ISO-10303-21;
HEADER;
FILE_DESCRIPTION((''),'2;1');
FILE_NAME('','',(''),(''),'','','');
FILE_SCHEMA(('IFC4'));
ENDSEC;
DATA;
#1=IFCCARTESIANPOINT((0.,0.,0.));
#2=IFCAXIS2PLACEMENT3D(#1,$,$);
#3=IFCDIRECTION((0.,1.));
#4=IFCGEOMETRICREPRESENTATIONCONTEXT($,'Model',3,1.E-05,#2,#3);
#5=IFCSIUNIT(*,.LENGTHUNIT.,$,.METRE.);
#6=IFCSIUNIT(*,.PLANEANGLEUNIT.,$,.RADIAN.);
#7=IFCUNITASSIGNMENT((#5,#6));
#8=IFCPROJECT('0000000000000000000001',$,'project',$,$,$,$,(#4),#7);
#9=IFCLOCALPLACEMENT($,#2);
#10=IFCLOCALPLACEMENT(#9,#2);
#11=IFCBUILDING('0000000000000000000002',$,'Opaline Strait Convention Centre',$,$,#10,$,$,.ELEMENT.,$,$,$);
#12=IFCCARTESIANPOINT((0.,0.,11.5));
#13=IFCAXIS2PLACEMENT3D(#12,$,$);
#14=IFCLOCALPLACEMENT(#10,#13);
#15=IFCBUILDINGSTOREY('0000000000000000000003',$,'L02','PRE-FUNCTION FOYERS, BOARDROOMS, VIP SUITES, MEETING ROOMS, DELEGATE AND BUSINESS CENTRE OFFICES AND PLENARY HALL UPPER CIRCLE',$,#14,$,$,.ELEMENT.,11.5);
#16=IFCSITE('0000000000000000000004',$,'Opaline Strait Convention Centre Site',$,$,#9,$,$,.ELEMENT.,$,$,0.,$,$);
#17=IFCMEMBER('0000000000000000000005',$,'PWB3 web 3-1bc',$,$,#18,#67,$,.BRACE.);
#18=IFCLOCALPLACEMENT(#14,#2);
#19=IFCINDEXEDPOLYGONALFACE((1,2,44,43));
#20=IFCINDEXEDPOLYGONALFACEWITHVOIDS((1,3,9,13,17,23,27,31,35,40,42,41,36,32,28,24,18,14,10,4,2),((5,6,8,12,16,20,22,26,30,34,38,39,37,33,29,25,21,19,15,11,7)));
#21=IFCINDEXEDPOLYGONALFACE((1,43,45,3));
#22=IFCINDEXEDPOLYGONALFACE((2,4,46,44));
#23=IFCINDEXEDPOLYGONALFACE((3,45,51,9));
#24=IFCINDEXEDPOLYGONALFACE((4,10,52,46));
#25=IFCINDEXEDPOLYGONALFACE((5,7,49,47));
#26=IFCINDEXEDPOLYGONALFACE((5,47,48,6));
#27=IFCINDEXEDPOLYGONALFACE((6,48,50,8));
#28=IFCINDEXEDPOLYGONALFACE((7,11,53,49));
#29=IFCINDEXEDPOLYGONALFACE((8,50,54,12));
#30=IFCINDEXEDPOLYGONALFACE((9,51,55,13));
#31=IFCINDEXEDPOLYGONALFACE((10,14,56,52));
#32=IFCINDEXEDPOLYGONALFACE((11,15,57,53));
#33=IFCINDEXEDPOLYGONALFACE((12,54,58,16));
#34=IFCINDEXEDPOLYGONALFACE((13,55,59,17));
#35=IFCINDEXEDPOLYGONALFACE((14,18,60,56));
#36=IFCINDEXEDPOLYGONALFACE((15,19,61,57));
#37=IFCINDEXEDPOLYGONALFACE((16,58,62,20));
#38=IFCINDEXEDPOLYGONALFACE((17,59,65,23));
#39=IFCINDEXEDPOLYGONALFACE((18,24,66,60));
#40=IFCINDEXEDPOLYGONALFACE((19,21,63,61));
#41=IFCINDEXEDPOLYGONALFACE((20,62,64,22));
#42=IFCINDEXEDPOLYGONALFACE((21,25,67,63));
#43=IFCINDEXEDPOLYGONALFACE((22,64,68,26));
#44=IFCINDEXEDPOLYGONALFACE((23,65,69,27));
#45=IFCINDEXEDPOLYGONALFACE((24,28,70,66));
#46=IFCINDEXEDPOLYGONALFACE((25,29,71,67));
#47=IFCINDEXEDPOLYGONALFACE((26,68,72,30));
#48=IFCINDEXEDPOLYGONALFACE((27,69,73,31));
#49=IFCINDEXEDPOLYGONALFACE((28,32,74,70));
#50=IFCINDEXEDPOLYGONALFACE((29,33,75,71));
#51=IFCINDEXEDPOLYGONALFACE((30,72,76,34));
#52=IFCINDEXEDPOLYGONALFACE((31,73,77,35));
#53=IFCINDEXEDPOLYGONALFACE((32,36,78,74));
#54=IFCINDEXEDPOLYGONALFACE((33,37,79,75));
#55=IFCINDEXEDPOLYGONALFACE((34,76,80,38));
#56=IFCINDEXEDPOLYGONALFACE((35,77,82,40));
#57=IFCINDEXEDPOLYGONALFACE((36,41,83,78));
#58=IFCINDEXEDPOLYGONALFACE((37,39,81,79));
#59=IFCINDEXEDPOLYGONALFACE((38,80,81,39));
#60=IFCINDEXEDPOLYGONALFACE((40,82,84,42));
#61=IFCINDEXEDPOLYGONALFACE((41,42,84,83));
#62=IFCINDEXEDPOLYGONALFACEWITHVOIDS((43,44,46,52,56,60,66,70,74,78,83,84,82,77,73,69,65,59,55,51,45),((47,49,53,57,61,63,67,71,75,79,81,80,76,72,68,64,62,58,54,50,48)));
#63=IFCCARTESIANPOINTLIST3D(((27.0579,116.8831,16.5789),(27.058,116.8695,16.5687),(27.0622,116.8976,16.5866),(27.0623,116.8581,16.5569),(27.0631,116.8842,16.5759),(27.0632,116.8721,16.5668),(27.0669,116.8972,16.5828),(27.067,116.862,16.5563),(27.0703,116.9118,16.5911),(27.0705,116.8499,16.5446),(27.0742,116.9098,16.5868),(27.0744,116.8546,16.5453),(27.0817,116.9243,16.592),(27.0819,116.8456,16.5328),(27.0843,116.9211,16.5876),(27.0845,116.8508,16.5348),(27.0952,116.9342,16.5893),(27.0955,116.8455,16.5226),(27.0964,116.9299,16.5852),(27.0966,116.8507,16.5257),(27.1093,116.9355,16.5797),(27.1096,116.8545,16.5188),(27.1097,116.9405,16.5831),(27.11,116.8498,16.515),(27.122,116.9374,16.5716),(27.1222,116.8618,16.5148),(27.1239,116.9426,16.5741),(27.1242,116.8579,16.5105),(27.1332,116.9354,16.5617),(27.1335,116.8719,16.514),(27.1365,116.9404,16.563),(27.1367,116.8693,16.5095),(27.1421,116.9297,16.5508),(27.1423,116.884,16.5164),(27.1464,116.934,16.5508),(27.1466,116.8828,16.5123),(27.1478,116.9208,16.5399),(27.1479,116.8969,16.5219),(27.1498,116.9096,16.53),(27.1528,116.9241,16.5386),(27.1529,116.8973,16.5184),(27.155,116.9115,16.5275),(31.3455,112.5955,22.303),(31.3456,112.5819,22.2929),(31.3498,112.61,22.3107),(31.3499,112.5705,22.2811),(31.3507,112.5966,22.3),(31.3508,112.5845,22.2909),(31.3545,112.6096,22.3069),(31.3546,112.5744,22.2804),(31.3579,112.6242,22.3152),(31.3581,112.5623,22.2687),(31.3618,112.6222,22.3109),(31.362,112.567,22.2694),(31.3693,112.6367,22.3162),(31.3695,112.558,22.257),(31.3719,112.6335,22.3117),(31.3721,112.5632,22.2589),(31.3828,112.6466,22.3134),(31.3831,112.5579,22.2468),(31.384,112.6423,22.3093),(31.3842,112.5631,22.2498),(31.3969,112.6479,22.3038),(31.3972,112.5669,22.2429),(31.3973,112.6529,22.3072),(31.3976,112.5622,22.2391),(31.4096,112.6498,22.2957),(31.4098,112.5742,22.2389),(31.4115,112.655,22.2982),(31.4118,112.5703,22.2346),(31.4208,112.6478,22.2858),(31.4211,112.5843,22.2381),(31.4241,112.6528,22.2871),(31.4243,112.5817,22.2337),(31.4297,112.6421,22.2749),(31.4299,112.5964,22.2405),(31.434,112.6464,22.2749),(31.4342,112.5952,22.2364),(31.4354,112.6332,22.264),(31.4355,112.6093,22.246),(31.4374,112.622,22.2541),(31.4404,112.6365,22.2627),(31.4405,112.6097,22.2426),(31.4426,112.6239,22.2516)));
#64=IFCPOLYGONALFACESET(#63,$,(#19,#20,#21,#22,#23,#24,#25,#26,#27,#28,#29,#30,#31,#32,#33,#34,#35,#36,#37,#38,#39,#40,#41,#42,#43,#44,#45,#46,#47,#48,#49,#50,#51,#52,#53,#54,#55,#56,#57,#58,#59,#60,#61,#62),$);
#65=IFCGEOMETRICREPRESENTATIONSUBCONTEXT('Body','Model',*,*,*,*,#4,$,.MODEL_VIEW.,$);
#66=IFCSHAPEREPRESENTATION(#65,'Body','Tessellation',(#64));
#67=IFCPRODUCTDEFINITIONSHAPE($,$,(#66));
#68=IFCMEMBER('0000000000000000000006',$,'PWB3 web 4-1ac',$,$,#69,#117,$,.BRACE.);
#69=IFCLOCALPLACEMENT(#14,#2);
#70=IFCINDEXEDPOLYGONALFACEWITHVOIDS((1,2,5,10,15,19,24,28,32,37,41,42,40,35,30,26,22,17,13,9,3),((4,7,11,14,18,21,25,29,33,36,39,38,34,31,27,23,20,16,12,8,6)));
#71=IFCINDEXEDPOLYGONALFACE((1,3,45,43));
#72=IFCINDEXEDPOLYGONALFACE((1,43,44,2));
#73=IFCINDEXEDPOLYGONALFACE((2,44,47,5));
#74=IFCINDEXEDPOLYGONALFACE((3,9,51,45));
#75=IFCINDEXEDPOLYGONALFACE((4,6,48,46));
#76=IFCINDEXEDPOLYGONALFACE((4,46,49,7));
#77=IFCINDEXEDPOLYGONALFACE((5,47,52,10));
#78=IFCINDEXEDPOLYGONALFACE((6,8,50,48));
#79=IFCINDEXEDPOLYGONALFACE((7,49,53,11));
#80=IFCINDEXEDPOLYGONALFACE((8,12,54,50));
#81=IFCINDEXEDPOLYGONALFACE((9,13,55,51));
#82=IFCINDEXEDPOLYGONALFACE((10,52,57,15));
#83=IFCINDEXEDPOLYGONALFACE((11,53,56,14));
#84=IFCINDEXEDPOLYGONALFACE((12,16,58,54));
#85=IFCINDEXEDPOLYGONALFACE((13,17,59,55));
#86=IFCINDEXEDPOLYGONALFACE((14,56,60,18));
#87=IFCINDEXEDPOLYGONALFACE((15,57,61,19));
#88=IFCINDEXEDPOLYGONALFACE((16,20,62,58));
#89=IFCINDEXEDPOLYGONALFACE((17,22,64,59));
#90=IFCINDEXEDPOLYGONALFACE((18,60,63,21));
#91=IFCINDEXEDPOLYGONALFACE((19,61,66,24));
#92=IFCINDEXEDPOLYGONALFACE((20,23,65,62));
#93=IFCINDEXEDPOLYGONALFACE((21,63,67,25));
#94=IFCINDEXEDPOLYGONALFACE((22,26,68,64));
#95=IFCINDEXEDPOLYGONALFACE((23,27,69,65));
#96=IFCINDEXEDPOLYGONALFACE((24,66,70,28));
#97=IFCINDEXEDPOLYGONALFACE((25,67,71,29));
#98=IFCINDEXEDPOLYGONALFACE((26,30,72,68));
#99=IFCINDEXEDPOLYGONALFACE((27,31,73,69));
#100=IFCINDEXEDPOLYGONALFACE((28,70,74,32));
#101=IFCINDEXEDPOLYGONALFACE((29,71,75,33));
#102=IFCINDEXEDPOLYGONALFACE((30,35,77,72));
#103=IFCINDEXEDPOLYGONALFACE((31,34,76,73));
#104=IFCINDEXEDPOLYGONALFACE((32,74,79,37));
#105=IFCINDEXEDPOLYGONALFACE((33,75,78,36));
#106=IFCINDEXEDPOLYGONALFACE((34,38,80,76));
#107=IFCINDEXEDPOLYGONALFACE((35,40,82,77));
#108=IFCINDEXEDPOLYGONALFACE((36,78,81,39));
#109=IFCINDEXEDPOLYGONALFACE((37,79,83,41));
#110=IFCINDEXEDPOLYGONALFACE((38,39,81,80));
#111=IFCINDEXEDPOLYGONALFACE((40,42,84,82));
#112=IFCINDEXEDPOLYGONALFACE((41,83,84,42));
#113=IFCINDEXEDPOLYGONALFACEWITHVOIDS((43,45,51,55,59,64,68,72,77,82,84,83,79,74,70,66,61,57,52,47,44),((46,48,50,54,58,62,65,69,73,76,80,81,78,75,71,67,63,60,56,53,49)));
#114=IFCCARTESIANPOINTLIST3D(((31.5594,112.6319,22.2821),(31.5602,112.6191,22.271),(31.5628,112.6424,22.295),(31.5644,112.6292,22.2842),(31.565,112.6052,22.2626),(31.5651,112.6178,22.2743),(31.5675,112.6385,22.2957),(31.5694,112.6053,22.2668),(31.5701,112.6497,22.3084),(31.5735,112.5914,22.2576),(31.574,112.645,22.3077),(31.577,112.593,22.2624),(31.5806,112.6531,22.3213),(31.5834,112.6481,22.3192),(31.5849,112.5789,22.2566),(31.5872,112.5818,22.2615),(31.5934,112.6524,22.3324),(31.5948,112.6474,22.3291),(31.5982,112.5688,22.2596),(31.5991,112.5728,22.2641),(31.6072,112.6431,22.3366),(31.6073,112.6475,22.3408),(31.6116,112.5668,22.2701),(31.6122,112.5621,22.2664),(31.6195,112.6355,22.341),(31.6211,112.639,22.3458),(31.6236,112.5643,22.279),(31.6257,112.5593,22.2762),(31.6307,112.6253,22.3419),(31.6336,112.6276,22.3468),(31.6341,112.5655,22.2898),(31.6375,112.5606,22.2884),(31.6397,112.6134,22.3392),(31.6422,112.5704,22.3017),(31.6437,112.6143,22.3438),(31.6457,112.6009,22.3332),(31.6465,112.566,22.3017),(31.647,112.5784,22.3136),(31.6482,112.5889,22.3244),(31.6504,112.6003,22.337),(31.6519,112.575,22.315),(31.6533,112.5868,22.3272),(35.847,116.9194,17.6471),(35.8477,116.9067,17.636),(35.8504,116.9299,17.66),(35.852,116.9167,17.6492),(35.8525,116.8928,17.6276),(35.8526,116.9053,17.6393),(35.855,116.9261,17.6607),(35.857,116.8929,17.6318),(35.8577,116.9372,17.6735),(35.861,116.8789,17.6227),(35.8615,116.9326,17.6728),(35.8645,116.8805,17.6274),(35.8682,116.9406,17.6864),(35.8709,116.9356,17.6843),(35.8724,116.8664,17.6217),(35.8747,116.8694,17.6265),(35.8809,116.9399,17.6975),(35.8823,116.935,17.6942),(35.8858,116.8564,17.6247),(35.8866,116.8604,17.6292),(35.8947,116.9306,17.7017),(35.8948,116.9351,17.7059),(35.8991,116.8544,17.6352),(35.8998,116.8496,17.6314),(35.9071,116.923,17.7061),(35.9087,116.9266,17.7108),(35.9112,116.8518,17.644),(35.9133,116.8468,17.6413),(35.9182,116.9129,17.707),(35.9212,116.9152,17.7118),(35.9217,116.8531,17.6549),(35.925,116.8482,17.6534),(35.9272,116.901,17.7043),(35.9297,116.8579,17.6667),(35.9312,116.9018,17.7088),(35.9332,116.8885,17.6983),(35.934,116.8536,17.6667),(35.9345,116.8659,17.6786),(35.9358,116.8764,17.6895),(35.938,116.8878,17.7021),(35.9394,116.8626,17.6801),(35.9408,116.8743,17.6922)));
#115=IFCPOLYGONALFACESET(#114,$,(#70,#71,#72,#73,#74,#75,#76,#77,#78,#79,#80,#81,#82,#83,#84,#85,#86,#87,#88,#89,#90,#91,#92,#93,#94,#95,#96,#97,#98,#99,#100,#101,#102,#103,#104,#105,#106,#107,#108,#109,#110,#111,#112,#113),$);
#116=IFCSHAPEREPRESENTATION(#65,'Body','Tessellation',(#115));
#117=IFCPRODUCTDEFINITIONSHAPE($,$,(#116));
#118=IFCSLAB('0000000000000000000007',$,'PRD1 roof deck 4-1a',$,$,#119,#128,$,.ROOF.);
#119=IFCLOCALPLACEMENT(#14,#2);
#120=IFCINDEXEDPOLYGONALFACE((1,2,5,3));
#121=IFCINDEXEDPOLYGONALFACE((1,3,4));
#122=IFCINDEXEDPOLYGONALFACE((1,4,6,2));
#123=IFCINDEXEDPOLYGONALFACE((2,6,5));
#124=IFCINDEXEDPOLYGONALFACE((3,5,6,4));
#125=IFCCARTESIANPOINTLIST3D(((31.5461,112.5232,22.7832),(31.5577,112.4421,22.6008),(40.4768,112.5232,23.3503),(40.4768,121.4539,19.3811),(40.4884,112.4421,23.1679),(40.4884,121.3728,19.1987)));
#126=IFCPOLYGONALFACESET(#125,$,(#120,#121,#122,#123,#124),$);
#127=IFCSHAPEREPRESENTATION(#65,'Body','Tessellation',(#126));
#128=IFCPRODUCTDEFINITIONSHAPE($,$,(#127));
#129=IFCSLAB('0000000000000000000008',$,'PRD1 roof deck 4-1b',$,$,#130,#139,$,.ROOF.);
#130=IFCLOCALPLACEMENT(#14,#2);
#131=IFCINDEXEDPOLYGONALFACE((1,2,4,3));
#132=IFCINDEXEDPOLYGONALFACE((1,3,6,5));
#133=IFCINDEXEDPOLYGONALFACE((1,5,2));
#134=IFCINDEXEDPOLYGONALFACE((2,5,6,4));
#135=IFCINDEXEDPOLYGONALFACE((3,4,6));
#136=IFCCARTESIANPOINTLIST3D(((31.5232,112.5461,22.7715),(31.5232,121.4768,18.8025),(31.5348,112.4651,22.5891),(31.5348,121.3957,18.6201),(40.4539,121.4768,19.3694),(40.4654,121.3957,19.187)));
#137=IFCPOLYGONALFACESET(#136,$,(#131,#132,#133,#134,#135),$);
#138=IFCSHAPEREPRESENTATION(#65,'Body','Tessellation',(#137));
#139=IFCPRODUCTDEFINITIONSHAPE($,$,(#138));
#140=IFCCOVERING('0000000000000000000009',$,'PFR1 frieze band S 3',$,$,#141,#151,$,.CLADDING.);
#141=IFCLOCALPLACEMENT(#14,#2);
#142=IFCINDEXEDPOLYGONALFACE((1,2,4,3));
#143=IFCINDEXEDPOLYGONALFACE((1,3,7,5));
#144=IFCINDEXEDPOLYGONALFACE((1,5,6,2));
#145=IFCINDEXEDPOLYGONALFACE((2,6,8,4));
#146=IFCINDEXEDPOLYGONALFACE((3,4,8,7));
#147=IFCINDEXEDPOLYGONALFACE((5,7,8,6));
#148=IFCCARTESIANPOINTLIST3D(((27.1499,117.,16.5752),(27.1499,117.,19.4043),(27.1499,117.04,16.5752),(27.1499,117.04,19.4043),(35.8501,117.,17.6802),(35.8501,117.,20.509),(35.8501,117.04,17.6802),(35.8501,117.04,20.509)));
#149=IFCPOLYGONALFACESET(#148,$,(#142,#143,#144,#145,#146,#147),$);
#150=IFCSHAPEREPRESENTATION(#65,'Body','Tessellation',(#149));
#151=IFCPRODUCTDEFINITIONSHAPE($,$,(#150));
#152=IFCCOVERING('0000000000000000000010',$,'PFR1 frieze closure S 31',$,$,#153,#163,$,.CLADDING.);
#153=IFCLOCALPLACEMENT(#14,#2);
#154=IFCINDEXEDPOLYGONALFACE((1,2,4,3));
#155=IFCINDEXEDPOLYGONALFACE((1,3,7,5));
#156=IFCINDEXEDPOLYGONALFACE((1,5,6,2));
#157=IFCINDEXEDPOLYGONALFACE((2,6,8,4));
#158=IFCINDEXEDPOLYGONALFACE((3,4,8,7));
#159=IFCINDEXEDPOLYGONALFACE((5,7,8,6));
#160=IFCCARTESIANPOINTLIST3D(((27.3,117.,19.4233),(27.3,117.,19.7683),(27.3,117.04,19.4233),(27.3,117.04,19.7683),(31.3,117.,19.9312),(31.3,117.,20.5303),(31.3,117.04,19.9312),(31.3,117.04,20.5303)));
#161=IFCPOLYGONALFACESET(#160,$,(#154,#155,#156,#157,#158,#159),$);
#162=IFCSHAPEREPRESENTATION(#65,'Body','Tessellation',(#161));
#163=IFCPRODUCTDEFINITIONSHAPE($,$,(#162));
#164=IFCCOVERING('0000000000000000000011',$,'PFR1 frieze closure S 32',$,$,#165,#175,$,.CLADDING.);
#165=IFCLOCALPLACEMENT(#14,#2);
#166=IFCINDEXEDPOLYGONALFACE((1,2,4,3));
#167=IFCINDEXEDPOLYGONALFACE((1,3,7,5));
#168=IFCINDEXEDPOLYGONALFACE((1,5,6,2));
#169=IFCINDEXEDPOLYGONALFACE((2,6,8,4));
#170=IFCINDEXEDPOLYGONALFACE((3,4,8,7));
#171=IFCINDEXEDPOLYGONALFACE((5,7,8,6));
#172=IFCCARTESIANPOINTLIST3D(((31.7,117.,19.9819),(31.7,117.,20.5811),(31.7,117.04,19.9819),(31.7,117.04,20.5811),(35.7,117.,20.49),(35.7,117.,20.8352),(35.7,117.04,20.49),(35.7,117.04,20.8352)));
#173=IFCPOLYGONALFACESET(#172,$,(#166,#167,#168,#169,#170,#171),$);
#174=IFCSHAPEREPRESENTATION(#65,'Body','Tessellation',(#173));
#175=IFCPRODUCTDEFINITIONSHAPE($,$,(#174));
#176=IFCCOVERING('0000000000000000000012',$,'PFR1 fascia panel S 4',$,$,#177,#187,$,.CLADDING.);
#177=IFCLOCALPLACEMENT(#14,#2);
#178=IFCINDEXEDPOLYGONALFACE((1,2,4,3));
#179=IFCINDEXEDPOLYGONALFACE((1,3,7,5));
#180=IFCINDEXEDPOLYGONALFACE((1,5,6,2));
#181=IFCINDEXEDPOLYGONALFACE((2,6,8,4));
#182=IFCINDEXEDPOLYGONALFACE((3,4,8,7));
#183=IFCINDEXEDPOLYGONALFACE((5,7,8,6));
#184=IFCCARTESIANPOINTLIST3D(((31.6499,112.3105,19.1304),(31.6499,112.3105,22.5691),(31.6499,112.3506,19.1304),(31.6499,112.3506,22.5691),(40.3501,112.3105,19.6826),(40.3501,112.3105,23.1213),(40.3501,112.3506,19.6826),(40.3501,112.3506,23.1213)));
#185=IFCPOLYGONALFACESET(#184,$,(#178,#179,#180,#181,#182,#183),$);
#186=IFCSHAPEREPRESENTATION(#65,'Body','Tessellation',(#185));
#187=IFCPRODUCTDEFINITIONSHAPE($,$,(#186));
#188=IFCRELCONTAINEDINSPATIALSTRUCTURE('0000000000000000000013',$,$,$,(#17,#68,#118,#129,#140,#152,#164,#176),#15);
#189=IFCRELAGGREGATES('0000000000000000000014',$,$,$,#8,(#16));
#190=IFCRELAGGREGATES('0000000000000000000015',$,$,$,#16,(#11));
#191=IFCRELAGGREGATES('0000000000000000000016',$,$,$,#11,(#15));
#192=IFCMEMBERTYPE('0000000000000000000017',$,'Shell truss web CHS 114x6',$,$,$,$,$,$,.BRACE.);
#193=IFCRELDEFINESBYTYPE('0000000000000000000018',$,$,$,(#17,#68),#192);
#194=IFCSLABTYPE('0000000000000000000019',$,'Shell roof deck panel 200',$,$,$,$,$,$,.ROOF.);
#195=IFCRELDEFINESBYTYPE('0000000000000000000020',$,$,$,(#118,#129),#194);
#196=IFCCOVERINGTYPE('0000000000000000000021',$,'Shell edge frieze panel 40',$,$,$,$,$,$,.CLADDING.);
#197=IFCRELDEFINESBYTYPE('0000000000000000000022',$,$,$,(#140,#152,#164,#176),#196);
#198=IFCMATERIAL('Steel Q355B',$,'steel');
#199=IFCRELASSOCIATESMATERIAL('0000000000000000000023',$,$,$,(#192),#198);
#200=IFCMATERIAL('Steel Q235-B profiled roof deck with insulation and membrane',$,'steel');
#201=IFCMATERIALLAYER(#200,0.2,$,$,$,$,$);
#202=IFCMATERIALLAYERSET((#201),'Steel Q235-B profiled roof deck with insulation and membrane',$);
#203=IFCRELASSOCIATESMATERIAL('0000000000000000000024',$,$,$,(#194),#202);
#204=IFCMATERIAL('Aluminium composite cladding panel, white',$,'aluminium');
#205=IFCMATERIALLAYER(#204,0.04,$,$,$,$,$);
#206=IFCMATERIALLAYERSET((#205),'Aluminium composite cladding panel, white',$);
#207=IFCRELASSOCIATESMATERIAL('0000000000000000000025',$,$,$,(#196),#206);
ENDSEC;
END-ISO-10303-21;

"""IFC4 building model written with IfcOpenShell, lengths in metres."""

from ifc_helpers import new_model, si_unit, direction, frame, origin, origin_2d, place, context, subcontext, project, spatial, polyline, hollow_circle, outline, extrude, material, layer, layer_set, material_profile, profile_set, type_object, element, save


model = new_model("IFC4")

# Units and contexts
model_context = context("Model", 3, precision=1e-05, world=origin(), true_north=direction((0.0, 1.0)))
body_context = subcontext(model_context, "Body", "Model", "MODEL_VIEW")
ifc_project = project(units=[si_unit("LENGTHUNIT", "METRE"), si_unit("PLANEANGLEUNIT", "RADIAN")], contexts=[model_context])

# Site, building, storey
site_placement = place(None, origin())
site = spatial("IfcSite", under=ifc_project, at=site_placement, Name="Opaline Strait Convention Centre Site", CompositionType="ELEMENT", RefElevation=0.0)
building_placement = place(site_placement, origin())
building = spatial("IfcBuilding", under=site, at=building_placement, Name="Opaline Strait Convention Centre", CompositionType="ELEMENT")
storey_placement = place(building_placement, frame((0.0, 0.0, 11.5)))
storey = spatial("IfcBuildingStorey", under=building, at=storey_placement, Name="L02", Description="PRE-FUNCTION FOYERS, BOARDROOMS, VIP SUITES, MEETING ROOMS, DELEGATE AND BUSINESS CENTRE OFFICES AND PLENARY HALL UPPER CIRCLE", CompositionType="ELEMENT", Elevation=11.5)

# Members
ifc_material_1 = material(Name="Steel Q355B", Category="steel")
ifc_material_profile_1 = material_profile(ifc_material_1, hollow_circle(Radius=0.0569, WallThickness=0.0061, at=origin_2d()), Name="CHS 114x6")
ifc_profile_set_1 = profile_set([ifc_material_profile_1], Name="Steel Q355B")
member_type_1 = type_object("IfcMemberType", Name="Shell truss web CHS 114x6", PredefinedType="BRACE", material=ifc_profile_set_1)
member_1_placement = place(storey_placement, frame((27.1062, 116.8938, 16.5508), z_axis=(0.514186, -0.514186, 0.686459), x_axis=(0.707107, 0.707107, 0.0)))
element("IfcMember", 1, at=member_1_placement, inside=storey, type_object=member_type_1, Name="PWB3 web 3-1bc", PredefinedType="BRACE", context=body_context, shape_type="SweptSolid", body=[
    extrude(hollow_circle(Radius=0.0569, WallThickness=0.0061, at=origin_2d()), origin(), (0.0, 0.0, 1.0), 8.3386),
])
member_2_placement = place(storey_placement, frame((35.8938, 116.8938, 17.6667), z_axis=(-0.561778, -0.561778, 0.607298), x_axis=(0.707107, -0.707107, 0.0)))
element("IfcMember", 2, at=member_2_placement, inside=storey, type_object=member_type_1, Name="PWB3 web 4-1ac", PredefinedType="BRACE", context=body_context, shape_type="SweptSolid", body=[
    extrude(hollow_circle(Radius=0.0569, WallThickness=0.0061, at=origin_2d()), origin(), (0.0, 0.0, 1.0), 7.6321),
])

# Slabs
ifc_material_2 = material(Name="Steel Q235-B profiled roof deck with insulation and membrane", Category="steel")
ifc_layer_1 = layer(ifc_material_2, 0.2)
ifc_layer_set_1 = layer_set([ifc_layer_1], Name="Steel Q235-B profiled roof deck with insulation and membrane")
slab_type = type_object("IfcSlabType", Name="Shell roof deck panel 200", PredefinedType="ROOF", material=ifc_layer_set_1)
slab_1_placement = place(storey_placement, frame((31.5461, 112.5232, 22.7832), z_axis=(-0.057934, 0.405461, 0.912275), x_axis=(0.99799, 0.0, 0.063377)))
element("IfcSlab", 3, at=slab_1_placement, inside=storey, type_object=slab_type, Name="PRD1 roof deck 4-1a", PredefinedType="ROOF", context=body_context, shape_type="SweptSolid", body=[
    extrude(outline(polyline([(0.0, 0.0), (8.9487, 0.0), (8.6971, 9.7698), (0.0, 0.0)])), origin(), (0.0, 0.0, -1.0), 0.2),
])
slab_2_placement = place(storey_placement, frame((31.5232, 112.5461, 22.7715), z_axis=(-0.057909, 0.405441, 0.912285), x_axis=(0.68277, 0.68277, -0.260098)))
element("IfcSlab", 4, at=slab_2_placement, inside=storey, type_object=slab_type, Name="PRD1 roof deck 4-1b", PredefinedType="ROOF", context=body_context, shape_type="SweptSolid", body=[
    extrude(outline(polyline([(0.0, 0.0), (13.0801, 0.0), (7.1299, 6.6839), (0.0, 0.0)])), origin(), (0.0, 0.0, -1.0), 0.2),
])

# Coverings
ifc_material_3 = material(Name="Aluminium composite cladding panel, white", Category="aluminium")
ifc_layer_2 = layer(ifc_material_3, 0.04)
ifc_layer_set_2 = layer_set([ifc_layer_2], Name="Aluminium composite cladding panel, white")
covering_type = type_object("IfcCoveringType", Name="Shell edge frieze panel 40", PredefinedType="CLADDING", material=ifc_layer_set_2)
covering_1_placement = place(storey_placement, frame((27.1499, 117.0, 16.5752), z_axis=(0.0, -1.0, 0.0), x_axis=(0.992031, 0.0, 0.125994)))
element("IfcCovering", 5, at=covering_1_placement, inside=storey, type_object=covering_type, Name="PFR1 frieze band S 3", PredefinedType="CLADDING", context=body_context, shape_type="SweptSolid", body=[
    extrude(outline(polyline([(0.0, 0.0), (8.7701, 0.0), (9.1265, 2.8063), (0.3565, 2.8066), (0.0, 0.0)])), origin(), (0.0, 0.0, -1.0), 0.04),
])
covering_2_placement = place(storey_placement, frame((27.3, 117.0, 19.4233), z_axis=(0.0, -1.0, 0.0), x_axis=(0.992038, 0.0, 0.125942)))
element("IfcCovering", 6, at=covering_2_placement, inside=storey, type_object=covering_type, Name="PFR1 frieze closure S 31", PredefinedType="CLADDING", context=body_context, shape_type="SweptSolid", body=[
    extrude(outline(polyline([(0.0, 0.0), (4.0321, 0.0), (4.1076, 0.5944), (0.0434, 0.3422), (0.0, 0.0)])), origin(), (0.0, 0.0, -1.0), 0.04),
])
covering_3_placement = place(storey_placement, frame((31.7, 117.0, 19.9819), z_axis=(0.0, -1.0, 0.0), x_axis=(0.99203, 0.0, 0.126002)))
element("IfcCovering", 7, at=covering_3_placement, inside=storey, type_object=covering_type, Name="PFR1 frieze closure S 32", PredefinedType="CLADDING", context=body_context, shape_type="SweptSolid", body=[
    extrude(outline(polyline([(0.0, 0.0), (4.0321, 0.0), (4.0756, 0.3425), (0.0755, 0.5943), (0.0, 0.0)])), origin(), (0.0, 0.0, -1.0), 0.04),
])
covering_4_placement = place(storey_placement, frame((31.6499, 112.3506, 22.5691), z_axis=(0.0, 1.0, 0.0), x_axis=(0.997992, 0.0, 0.063348)))
element("IfcCovering", 8, at=covering_4_placement, inside=storey, type_object=covering_type, Name="PFR1 fascia panel S 4", PredefinedType="CLADDING", context=body_context, shape_type="SweptSolid", body=[
    extrude(outline(polyline([(0.0, 0.0), (8.7177, 0.0), (8.4999, 3.4318), (-0.2178, 3.4318), (0.0, 0.0)])), origin(), (0.0, 0.0, -1.0), 0.04),
])

save(model, "model.ifc")
